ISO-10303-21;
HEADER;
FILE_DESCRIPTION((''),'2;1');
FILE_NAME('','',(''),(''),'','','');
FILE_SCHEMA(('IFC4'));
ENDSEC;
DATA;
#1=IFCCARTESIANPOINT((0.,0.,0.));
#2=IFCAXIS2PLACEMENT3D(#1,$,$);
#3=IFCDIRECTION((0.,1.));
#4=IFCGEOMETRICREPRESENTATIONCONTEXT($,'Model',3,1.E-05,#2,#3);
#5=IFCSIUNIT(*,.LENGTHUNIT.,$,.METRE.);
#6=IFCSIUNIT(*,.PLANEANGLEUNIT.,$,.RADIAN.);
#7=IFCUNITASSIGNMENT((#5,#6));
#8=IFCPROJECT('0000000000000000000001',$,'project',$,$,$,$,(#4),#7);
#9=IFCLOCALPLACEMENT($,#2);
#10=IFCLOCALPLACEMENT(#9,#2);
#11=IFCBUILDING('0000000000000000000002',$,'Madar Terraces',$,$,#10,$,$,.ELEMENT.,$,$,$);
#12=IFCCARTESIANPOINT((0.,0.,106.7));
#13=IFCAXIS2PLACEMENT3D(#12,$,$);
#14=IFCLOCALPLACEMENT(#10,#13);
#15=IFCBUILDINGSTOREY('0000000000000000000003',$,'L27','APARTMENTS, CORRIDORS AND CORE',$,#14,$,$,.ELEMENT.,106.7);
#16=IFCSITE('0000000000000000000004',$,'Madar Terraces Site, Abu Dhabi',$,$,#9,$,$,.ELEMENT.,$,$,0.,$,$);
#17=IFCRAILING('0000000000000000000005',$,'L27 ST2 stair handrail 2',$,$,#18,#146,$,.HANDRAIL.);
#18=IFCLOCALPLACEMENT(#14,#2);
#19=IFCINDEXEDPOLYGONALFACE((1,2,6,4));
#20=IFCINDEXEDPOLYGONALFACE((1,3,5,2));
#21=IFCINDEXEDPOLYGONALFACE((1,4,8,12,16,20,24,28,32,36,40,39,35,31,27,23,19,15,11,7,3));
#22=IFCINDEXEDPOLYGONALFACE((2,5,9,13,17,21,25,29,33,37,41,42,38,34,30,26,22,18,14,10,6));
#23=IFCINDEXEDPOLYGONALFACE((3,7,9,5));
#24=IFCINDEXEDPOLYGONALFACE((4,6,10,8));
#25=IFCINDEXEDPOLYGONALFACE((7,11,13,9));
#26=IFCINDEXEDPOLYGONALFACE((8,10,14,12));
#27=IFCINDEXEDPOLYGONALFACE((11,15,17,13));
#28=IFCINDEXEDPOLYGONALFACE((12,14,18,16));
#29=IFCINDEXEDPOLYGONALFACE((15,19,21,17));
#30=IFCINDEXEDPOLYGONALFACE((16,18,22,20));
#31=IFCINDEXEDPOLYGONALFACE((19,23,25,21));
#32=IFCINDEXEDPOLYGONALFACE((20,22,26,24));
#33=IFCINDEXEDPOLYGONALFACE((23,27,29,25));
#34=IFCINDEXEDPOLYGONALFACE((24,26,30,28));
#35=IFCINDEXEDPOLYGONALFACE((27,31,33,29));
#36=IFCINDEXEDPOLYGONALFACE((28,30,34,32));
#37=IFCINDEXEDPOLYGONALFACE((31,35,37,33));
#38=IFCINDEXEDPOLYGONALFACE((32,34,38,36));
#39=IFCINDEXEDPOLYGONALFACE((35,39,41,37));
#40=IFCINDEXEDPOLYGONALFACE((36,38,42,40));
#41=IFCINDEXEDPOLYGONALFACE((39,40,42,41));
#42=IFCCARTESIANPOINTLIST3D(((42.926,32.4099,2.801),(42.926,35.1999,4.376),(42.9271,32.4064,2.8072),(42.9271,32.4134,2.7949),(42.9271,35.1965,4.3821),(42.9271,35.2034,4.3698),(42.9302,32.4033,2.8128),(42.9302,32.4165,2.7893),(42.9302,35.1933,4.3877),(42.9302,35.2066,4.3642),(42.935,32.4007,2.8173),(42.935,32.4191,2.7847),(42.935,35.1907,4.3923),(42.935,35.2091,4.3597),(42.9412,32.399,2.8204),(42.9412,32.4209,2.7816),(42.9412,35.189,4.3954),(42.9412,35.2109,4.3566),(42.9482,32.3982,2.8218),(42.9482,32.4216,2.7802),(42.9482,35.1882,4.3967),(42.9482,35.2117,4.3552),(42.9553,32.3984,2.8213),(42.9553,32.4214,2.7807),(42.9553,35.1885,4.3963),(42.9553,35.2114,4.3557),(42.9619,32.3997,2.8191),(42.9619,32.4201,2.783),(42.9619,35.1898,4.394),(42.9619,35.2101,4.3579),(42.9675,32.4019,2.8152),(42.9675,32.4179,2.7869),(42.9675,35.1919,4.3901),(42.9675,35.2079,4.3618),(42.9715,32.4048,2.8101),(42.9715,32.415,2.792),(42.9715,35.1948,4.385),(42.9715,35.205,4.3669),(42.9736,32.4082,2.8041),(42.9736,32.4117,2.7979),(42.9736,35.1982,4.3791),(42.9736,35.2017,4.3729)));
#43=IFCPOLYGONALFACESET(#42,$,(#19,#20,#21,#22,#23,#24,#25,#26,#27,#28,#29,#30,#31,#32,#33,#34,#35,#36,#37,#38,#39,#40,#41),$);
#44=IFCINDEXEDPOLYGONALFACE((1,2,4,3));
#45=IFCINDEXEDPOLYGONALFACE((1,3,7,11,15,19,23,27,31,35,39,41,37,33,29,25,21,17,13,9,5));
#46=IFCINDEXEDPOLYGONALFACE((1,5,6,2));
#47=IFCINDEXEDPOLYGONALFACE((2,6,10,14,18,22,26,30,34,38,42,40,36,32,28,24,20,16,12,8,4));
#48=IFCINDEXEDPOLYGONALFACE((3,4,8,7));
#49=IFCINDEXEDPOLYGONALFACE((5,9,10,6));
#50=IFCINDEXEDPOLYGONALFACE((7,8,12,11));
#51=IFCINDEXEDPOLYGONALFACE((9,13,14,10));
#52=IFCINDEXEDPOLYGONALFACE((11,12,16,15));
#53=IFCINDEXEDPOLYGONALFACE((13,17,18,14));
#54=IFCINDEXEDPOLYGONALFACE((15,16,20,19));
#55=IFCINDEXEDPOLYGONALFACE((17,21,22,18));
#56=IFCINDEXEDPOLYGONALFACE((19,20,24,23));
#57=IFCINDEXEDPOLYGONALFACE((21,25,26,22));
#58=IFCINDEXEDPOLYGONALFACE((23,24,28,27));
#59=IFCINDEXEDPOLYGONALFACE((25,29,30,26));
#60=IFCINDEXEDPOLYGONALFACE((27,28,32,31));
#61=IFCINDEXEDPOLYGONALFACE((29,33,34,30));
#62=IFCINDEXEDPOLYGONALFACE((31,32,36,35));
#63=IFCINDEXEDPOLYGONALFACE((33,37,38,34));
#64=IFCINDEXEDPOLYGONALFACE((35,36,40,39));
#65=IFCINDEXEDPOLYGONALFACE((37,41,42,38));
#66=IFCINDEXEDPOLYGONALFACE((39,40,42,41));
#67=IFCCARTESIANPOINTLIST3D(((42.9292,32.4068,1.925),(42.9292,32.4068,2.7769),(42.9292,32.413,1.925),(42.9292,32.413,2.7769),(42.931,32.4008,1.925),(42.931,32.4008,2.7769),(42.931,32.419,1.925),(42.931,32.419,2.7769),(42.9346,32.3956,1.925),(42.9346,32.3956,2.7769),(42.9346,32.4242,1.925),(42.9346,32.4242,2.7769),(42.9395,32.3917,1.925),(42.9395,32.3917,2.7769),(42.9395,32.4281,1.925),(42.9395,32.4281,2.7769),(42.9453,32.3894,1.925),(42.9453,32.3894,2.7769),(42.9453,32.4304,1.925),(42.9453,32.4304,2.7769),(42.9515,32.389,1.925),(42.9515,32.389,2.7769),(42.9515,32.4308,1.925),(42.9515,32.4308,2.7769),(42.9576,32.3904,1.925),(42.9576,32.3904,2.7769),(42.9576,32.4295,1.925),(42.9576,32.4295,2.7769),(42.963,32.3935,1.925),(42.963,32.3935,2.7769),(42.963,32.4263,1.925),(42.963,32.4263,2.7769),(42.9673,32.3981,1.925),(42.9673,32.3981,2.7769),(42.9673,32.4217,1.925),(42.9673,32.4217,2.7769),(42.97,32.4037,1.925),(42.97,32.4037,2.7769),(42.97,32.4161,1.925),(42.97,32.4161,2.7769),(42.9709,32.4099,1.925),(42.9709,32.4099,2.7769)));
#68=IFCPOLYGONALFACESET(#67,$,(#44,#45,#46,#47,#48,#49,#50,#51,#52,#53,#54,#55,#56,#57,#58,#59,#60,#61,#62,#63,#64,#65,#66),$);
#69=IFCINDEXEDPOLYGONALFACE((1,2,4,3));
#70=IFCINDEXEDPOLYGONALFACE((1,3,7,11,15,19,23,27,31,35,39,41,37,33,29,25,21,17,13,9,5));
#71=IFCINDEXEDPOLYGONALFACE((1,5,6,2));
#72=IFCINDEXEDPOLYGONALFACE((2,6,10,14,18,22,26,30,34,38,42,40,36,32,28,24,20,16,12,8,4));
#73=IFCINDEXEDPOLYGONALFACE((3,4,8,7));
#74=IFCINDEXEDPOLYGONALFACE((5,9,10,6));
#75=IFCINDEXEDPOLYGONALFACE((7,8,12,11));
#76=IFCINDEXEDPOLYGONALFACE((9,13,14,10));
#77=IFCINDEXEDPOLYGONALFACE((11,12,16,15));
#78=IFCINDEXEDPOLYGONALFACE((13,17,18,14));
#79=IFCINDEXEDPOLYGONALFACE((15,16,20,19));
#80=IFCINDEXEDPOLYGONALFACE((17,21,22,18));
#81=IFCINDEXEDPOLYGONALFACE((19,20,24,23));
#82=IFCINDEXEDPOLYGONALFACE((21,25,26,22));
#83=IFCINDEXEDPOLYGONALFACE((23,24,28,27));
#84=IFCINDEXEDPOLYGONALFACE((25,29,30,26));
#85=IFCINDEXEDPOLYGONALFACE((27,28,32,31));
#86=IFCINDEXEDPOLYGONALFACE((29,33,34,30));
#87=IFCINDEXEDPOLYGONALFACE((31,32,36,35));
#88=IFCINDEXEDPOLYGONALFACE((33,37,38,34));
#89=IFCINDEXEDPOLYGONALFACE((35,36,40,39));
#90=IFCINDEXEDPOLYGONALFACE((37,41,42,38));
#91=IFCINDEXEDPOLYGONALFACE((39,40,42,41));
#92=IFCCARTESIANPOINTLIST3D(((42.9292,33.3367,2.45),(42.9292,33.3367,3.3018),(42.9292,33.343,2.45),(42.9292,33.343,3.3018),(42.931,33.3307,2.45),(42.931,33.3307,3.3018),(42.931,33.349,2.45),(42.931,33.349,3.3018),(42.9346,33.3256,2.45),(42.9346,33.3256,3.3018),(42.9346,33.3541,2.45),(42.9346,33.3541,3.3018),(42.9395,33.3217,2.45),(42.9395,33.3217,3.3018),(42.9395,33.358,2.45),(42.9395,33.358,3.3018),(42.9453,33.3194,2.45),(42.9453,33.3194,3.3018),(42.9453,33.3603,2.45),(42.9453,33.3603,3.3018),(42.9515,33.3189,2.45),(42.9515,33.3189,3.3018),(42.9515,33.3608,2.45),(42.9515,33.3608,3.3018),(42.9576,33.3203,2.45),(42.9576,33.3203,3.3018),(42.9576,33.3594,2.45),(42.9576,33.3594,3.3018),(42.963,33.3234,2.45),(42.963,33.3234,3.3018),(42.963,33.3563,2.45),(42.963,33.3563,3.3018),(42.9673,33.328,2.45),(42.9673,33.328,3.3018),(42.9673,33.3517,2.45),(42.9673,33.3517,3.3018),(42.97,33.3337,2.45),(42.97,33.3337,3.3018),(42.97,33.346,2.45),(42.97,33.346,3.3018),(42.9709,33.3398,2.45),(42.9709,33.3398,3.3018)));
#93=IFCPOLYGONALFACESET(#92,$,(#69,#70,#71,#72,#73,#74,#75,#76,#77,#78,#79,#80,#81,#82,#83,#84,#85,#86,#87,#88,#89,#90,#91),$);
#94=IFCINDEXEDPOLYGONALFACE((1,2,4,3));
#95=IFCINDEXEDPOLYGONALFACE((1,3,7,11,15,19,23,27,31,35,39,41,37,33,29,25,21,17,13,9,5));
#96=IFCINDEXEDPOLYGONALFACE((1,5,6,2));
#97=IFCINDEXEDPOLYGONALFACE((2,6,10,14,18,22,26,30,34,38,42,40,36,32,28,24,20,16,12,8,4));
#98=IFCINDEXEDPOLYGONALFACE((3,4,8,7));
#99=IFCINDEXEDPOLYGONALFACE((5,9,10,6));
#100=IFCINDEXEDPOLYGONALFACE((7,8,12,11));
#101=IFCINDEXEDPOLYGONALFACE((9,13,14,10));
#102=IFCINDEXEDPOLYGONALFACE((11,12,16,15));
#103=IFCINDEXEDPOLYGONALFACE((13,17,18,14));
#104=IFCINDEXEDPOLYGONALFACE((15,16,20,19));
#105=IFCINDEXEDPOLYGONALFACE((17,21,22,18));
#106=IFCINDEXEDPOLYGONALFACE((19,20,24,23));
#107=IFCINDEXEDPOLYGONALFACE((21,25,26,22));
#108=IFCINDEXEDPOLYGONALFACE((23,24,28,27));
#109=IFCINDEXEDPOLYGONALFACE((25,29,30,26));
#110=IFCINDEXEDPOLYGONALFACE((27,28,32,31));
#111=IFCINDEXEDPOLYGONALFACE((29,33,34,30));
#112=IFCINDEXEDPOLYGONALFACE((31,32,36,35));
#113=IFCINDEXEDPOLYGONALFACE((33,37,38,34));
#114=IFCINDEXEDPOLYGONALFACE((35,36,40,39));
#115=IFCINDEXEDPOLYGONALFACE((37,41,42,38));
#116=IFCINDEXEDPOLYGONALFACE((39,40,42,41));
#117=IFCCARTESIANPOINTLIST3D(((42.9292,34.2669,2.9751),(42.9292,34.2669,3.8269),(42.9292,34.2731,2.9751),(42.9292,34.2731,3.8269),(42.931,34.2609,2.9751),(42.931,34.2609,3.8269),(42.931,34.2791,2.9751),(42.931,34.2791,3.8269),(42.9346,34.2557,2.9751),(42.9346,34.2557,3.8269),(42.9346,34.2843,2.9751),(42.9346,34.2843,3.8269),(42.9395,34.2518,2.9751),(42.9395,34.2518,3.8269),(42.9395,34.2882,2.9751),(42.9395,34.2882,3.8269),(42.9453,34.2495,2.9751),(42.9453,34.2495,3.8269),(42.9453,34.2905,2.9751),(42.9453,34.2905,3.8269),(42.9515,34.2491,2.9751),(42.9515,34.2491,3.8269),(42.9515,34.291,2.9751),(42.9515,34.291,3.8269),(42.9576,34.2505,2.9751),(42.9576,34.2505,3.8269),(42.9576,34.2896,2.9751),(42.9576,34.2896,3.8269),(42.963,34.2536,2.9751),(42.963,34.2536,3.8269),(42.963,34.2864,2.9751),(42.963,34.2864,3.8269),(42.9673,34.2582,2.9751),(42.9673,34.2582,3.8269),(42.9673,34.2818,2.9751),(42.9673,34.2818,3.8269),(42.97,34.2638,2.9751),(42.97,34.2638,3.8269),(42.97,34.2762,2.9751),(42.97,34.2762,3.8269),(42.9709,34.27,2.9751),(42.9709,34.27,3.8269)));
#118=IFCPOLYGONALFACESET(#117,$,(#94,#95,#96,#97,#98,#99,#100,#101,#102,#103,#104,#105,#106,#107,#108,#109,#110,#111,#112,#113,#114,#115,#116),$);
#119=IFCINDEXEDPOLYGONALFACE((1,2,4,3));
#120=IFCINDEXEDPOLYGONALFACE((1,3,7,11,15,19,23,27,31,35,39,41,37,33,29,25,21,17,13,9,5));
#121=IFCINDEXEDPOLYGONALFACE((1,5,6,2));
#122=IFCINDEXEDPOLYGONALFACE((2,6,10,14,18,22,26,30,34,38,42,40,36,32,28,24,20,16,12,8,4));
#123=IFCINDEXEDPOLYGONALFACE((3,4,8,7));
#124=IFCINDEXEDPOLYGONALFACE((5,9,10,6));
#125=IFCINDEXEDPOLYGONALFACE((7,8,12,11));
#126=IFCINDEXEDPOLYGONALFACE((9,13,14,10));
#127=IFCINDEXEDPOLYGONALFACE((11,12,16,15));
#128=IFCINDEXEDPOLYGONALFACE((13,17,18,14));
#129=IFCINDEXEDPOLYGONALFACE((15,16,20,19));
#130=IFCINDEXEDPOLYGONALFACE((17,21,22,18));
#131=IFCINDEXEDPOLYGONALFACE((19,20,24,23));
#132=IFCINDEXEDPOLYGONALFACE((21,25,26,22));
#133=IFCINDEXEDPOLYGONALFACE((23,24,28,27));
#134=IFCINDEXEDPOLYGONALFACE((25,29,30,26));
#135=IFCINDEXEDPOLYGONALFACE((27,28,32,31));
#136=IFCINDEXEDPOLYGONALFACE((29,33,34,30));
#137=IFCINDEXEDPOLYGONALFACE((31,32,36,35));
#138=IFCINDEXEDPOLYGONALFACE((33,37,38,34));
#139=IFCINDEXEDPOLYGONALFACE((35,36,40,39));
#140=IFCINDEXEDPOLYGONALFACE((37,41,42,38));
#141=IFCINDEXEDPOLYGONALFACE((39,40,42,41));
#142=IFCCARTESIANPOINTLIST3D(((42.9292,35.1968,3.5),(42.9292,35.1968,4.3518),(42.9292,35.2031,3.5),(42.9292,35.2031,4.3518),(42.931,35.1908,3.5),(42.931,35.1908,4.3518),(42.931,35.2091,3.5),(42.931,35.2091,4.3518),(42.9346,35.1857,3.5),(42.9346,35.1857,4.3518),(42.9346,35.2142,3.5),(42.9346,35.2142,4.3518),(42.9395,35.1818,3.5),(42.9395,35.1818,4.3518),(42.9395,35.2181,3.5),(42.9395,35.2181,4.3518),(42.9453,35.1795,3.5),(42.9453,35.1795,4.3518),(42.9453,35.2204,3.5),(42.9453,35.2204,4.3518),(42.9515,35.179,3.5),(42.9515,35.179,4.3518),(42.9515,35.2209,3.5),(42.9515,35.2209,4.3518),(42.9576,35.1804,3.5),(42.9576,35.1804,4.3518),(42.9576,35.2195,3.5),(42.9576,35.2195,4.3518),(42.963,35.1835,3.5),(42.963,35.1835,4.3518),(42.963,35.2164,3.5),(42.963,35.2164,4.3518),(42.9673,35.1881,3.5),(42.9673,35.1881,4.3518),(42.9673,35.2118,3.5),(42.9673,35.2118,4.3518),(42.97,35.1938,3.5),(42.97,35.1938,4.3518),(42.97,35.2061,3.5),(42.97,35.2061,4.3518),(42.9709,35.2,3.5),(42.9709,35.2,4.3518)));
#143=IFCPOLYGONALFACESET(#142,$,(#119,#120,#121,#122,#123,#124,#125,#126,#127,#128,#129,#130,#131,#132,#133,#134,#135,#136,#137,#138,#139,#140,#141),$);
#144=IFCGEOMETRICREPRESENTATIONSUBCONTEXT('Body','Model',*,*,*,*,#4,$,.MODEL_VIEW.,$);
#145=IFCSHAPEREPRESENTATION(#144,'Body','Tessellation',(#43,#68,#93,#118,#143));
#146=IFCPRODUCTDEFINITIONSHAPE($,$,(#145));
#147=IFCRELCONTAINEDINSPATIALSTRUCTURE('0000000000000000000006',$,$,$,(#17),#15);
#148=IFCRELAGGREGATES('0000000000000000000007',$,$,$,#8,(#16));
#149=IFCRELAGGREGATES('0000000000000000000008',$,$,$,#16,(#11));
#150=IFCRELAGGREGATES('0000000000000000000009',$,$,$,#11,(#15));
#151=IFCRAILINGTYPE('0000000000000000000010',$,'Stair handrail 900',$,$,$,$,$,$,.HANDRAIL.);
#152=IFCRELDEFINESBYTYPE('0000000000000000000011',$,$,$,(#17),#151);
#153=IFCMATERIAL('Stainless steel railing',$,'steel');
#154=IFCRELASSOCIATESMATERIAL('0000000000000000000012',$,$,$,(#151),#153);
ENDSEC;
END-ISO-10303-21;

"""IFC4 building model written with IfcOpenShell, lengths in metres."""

from ifc_helpers import new_model, si_unit, direction, frame, origin, origin_2d, place, context, subcontext, project, spatial, circle, extrude, material, type_object, element, save


model = new_model("IFC4")

# Units and contexts
model_context = context("Model", 3, precision=1e-05, world=origin(), true_north=direction((0.0, 1.0)))
body_context = subcontext(model_context, "Body", "Model", "MODEL_VIEW")
ifc_project = project(units=[si_unit("LENGTHUNIT", "METRE"), si_unit("PLANEANGLEUNIT", "RADIAN")], contexts=[model_context])

# Site, building, storey
site_placement = place(None, origin())
site = spatial("IfcSite", under=ifc_project, at=site_placement, Name="Madar Terraces Site, Abu Dhabi", CompositionType="ELEMENT", RefElevation=0.0)
building_placement = place(site_placement, origin())
building = spatial("IfcBuilding", under=site, at=building_placement, Name="Madar Terraces", CompositionType="ELEMENT")
storey_placement = place(building_placement, frame((0.0, 0.0, 106.7)))
storey = spatial("IfcBuildingStorey", under=building, at=storey_placement, Name="L27", Description="APARTMENTS, CORRIDORS AND CORE", CompositionType="ELEMENT", Elevation=106.7)

# Railing
ifc_material_1 = material(Name="Stainless steel railing", Category="steel")
railing_type_1 = type_object("IfcRailingType", Name="Stair handrail 900", PredefinedType="HANDRAIL", material=ifc_material_1)
railing_1_placement = place(storey_placement, frame((42.95, 32.4099, 1.925)))
element("IfcRailing", 1, at=railing_1_placement, inside=storey, type_object=railing_type_1, Name="L27 ST2 stair handrail 2", PredefinedType="HANDRAIL", context=body_context, shape_type="SweptSolid", body=[
    extrude(circle(Radius=0.0239, at=origin_2d()), frame((0.0, 0.0, 0.876), z_axis=(0.0, 0.870834, 0.491578), x_axis=(-1.0, 0.0, 0.0)), (0.0, 0.0, 1.0), 3.2039),
    extrude(circle(Radius=0.021, at=origin_2d()), origin(), (0.0, 0.0, 1.0), 0.8518),
    extrude(circle(Radius=0.021, at=origin_2d()), frame((0.0, 0.9299, 0.5249)), (0.0, 0.0, 1.0), 0.8518),
    extrude(circle(Radius=0.021, at=origin_2d()), frame((0.0, 1.8601, 1.05)), (0.0, 0.0, 1.0), 0.8518),
    extrude(circle(Radius=0.021, at=origin_2d()), frame((0.0, 2.79, 1.575)), (0.0, 0.0, 1.0), 0.8518),
])

save(model, "model.ifc")
